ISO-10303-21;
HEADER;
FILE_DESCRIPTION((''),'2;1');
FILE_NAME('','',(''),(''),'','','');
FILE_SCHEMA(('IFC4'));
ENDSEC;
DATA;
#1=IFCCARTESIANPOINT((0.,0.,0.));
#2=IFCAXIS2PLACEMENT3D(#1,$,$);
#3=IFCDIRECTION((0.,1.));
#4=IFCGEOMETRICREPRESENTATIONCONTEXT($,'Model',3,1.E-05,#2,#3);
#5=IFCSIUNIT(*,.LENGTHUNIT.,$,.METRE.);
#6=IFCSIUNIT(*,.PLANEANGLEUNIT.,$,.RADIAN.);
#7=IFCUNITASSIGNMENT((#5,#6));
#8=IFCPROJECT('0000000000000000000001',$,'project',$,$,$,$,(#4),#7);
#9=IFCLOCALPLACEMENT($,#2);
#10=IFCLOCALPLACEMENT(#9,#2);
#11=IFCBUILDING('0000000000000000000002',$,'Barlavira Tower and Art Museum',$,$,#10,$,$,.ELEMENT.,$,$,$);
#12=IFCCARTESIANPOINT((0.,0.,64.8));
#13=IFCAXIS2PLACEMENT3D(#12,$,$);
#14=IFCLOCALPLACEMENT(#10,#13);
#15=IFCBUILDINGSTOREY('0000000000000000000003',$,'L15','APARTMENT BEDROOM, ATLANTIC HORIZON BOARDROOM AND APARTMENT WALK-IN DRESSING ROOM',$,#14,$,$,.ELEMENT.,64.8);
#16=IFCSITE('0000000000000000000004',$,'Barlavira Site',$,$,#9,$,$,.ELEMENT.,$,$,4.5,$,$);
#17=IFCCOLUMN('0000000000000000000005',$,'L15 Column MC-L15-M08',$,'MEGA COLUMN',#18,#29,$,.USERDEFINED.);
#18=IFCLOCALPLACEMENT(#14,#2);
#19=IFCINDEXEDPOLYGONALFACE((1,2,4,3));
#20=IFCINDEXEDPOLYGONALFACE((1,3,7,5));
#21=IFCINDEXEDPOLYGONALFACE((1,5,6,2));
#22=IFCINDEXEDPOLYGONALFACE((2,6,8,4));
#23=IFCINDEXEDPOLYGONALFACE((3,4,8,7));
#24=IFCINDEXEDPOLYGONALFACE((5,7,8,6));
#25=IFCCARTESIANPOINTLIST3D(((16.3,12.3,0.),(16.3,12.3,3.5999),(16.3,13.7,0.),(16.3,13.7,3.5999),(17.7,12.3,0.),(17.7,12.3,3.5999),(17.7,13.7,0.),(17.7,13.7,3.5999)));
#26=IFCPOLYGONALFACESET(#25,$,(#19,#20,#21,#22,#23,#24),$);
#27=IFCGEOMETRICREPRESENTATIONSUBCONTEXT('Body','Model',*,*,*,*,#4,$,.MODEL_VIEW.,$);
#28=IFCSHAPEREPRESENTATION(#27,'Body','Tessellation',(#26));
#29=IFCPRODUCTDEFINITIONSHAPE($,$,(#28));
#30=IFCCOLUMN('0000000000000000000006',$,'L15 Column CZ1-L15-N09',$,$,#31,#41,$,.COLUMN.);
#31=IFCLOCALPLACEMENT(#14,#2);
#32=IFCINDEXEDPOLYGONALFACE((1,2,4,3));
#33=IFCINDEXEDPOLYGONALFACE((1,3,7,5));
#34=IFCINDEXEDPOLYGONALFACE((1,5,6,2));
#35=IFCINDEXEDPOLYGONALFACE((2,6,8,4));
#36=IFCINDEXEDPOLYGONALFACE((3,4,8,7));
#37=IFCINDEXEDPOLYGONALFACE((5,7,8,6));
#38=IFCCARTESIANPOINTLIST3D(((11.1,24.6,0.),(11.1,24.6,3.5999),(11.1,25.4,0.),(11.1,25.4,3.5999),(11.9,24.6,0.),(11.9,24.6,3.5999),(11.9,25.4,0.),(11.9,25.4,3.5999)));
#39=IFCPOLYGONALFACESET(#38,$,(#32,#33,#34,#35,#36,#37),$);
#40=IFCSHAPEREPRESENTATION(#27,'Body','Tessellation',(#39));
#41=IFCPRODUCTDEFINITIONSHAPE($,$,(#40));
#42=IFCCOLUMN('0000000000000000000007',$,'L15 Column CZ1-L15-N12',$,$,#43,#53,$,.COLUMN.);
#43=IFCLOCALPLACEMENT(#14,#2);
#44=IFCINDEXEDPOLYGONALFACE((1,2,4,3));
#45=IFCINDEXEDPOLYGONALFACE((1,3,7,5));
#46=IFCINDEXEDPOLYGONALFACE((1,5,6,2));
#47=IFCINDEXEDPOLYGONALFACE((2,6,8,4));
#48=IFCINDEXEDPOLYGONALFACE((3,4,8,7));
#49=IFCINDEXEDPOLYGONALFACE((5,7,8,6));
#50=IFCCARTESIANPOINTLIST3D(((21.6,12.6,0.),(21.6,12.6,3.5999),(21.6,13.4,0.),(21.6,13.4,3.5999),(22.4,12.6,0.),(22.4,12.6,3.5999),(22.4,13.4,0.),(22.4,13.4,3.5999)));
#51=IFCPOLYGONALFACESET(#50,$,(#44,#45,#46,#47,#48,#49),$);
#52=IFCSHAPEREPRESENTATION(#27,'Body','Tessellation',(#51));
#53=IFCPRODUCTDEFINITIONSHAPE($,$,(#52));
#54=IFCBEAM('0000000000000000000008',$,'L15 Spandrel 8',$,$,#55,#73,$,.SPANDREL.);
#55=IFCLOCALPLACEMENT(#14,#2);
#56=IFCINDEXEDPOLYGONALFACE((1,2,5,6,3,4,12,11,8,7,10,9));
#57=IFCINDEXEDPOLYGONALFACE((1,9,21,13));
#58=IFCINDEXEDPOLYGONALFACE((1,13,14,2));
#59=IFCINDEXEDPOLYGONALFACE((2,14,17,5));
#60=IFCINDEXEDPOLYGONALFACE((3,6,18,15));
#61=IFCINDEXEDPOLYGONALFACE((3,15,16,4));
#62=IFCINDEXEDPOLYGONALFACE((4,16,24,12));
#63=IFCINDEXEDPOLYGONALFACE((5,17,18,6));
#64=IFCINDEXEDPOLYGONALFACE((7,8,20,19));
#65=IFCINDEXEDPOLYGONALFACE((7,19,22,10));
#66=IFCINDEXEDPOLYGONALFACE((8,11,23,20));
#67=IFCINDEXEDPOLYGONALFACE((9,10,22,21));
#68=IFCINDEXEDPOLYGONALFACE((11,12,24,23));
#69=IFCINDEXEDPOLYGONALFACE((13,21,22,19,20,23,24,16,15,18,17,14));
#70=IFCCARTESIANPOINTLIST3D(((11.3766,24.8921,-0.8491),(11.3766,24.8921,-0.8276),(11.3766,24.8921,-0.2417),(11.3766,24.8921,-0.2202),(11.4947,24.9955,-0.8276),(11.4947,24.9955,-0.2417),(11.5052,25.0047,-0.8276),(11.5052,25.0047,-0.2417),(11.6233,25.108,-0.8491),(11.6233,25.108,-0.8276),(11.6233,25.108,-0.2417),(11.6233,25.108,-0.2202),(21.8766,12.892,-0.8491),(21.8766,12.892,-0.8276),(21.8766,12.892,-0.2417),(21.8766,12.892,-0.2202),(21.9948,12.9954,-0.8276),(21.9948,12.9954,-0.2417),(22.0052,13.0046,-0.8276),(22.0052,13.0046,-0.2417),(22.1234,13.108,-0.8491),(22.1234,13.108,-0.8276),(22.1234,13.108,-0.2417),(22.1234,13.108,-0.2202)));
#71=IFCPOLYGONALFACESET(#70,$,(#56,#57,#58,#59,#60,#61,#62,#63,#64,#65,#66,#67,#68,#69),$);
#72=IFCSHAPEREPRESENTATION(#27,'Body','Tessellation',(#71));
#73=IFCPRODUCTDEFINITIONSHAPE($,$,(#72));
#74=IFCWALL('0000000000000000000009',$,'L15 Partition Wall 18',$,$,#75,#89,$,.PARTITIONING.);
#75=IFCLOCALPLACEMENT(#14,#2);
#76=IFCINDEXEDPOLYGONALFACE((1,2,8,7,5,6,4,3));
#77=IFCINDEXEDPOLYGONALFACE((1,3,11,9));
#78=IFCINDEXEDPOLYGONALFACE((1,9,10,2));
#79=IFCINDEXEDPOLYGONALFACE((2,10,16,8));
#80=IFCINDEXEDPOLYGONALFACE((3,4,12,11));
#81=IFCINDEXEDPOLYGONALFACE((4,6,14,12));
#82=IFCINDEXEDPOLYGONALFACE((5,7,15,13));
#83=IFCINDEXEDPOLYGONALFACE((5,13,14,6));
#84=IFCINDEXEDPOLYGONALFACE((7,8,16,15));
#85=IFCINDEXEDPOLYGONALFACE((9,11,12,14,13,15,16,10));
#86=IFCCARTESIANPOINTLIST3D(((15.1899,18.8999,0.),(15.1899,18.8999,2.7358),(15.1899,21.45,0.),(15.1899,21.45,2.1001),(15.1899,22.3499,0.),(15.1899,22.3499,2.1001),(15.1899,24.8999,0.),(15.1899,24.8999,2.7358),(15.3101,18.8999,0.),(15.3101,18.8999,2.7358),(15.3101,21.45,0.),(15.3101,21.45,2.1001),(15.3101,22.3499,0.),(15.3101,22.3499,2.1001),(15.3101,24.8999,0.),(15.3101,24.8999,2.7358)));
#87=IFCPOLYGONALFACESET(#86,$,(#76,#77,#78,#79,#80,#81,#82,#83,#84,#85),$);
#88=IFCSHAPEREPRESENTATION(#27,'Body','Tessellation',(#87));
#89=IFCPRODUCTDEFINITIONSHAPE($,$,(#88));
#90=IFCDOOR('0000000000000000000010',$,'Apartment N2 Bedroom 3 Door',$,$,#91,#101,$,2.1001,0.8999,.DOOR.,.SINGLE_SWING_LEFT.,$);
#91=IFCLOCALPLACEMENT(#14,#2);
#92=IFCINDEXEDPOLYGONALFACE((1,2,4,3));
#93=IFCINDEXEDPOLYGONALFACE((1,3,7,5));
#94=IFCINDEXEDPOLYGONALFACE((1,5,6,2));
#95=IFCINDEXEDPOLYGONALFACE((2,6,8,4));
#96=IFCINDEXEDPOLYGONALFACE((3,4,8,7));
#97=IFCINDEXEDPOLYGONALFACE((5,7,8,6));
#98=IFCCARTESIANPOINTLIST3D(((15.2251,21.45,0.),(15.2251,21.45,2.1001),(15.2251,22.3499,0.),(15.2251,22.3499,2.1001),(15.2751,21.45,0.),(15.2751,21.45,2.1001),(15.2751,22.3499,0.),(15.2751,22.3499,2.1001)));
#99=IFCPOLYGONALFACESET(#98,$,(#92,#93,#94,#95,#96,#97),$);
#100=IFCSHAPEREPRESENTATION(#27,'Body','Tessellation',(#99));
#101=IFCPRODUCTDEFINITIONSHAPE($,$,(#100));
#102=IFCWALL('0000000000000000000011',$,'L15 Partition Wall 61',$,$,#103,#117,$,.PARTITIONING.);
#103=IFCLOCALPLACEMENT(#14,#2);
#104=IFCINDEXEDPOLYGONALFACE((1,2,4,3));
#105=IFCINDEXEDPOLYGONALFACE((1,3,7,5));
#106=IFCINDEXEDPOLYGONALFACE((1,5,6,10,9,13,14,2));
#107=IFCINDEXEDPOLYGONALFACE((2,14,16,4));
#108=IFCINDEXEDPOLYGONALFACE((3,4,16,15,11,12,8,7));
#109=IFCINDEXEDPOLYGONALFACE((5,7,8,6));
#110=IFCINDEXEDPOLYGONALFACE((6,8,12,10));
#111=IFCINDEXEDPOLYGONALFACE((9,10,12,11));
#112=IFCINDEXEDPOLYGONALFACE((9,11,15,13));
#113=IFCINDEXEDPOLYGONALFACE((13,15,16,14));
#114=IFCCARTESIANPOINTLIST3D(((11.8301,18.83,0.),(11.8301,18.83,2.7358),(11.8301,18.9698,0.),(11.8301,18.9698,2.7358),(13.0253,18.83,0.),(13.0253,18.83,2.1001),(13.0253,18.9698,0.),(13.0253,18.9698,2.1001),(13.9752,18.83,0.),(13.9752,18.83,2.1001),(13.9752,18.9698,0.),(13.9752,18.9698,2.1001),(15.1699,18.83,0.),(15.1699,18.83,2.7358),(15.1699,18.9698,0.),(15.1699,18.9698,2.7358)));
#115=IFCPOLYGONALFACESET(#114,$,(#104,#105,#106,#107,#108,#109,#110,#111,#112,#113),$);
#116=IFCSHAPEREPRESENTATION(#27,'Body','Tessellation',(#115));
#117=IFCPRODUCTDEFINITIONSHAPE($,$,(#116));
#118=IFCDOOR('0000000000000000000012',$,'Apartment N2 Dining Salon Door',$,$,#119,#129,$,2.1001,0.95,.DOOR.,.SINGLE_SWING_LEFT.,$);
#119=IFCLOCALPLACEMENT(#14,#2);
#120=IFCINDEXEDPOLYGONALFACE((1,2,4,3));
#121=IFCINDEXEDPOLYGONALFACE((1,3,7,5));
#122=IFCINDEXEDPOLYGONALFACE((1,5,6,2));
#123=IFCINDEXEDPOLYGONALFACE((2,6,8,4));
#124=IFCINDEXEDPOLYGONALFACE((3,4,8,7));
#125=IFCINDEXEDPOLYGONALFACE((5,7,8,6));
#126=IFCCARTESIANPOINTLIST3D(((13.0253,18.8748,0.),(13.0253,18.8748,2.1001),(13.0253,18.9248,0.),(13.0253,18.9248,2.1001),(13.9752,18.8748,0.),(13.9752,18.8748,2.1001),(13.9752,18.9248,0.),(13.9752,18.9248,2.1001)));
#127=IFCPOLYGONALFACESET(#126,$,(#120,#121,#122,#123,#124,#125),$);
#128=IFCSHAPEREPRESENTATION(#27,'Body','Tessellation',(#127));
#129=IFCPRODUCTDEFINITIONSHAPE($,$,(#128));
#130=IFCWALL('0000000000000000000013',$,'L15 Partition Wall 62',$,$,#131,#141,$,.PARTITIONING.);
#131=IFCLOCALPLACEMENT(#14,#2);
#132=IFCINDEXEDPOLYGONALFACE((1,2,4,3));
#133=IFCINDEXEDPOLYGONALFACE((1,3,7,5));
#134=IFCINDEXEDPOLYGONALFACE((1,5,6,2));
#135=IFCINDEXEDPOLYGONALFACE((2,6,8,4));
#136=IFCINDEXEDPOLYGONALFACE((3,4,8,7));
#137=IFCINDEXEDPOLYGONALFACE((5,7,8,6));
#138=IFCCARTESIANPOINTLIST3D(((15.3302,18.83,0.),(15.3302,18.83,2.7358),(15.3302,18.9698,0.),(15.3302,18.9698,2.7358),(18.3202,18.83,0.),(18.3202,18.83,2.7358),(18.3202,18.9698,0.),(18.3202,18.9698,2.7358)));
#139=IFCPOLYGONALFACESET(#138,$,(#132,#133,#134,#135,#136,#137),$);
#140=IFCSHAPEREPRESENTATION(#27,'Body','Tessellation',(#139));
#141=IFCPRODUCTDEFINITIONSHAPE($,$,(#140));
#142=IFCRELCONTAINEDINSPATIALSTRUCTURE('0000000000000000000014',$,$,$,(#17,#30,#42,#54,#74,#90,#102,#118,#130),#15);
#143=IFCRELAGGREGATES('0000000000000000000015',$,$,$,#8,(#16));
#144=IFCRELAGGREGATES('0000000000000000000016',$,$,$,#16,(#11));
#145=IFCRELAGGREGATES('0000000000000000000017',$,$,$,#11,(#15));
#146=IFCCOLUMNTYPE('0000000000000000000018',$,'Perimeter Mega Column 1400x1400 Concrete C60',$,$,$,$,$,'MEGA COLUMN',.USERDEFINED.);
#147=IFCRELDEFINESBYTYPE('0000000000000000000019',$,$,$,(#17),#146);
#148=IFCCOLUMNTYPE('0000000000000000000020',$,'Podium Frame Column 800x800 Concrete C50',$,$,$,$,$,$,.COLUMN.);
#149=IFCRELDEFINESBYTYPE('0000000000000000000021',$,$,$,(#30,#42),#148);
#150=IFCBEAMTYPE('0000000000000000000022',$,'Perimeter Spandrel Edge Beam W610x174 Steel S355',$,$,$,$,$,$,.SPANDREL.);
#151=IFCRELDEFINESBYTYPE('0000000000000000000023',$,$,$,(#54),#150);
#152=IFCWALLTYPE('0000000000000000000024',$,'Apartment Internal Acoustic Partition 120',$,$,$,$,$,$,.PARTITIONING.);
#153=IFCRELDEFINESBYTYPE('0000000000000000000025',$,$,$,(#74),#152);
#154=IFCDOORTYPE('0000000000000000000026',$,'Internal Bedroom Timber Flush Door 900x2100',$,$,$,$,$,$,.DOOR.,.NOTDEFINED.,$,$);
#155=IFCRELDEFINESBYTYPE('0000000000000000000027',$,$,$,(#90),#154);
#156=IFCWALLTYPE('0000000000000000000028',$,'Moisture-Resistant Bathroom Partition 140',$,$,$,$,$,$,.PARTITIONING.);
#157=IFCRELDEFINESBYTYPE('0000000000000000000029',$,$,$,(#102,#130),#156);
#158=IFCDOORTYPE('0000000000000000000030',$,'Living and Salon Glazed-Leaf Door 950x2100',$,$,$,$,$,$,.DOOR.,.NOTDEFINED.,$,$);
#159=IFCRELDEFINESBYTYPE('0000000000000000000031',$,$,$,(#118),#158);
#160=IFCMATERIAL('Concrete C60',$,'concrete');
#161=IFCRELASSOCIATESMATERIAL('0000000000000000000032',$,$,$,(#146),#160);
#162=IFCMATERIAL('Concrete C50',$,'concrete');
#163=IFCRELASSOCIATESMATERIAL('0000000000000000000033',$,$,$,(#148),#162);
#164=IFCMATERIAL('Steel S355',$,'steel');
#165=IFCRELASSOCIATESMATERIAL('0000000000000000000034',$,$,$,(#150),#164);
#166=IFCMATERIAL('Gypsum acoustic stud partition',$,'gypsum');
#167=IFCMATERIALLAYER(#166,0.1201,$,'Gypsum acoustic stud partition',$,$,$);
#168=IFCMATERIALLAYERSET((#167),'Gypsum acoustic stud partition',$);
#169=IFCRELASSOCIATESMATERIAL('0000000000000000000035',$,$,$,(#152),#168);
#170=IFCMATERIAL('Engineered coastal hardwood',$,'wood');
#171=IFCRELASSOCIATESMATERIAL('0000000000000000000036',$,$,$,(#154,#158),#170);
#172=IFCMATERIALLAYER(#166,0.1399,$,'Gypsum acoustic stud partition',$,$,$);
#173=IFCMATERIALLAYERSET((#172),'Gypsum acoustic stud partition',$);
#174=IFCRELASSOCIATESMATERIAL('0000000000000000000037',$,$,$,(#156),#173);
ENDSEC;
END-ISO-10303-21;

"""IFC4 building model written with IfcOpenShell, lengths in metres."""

from ifc_helpers import new_model, si_unit, direction, frame, frame_2d, origin, origin_2d, place, context, subcontext, project, spatial, rectangle, i_section, extrude, material, layer, layer_set, material_profile, profile_set, type_object, element, fill, save


model = new_model("IFC4")

# Units and contexts
model_context = context("Model", 3, precision=1e-05, world=origin(), true_north=direction((0.0, 1.0)))
body_context = subcontext(model_context, "Body", "Model", "MODEL_VIEW")
ifc_project = project(units=[si_unit("LENGTHUNIT", "METRE"), si_unit("PLANEANGLEUNIT", "RADIAN")], contexts=[model_context])

# Site, building, storey
site_placement = place(None, origin())
site = spatial("IfcSite", under=ifc_project, at=site_placement, Name="Barlavira Site", CompositionType="ELEMENT", RefElevation=4.5)
building_placement = place(site_placement, origin())
building = spatial("IfcBuilding", under=site, at=building_placement, Name="Barlavira Tower and Art Museum", CompositionType="ELEMENT")
storey_placement = place(building_placement, frame((0.0, 0.0, 64.8)))
storey = spatial("IfcBuildingStorey", under=building, at=storey_placement, Name="L15", Description="APARTMENT BEDROOM, ATLANTIC HORIZON BOARDROOM AND APARTMENT WALK-IN DRESSING ROOM", CompositionType="ELEMENT", Elevation=64.8)

# Columns
ifc_material_1 = material(Name="Concrete C60", Category="concrete")
ifc_material_profile_1 = material_profile(ifc_material_1, rectangle(XDim=1.3999, YDim=1.3999, at=origin_2d()), Name="RC-MCOL 1400x1400")
ifc_profile_set_1 = profile_set([ifc_material_profile_1], Name="Concrete C60")
column_type_1 = type_object("IfcColumnType", Name="Perimeter Mega Column 1400x1400 Concrete C60", ElementType="MEGA COLUMN", PredefinedType="USERDEFINED", material=ifc_profile_set_1)
column_placement = place(storey_placement, frame((17.0, 13.0, 0.0), z_axis=(0.0, 0.0, 1.0), x_axis=(1.0, 0.0, 0.0)))
element("IfcColumn", 1, at=column_placement, inside=storey, type_object=column_type_1, Name="L15 Column MC-L15-M08", ObjectType="MEGA COLUMN", PredefinedType="USERDEFINED", context=body_context, shape_type="SweptSolid", body=[
    extrude(rectangle(XDim=1.3999, YDim=1.3999, at=origin_2d()), origin(), (0.0, 0.0, 1.0), 3.5999),
])
ifc_material_2 = material(Name="Concrete C50", Category="concrete")
ifc_material_profile_2 = material_profile(ifc_material_2, rectangle(XDim=0.8, YDim=0.8, at=origin_2d()), Name="RC-COL 800x800")
ifc_profile_set_2 = profile_set([ifc_material_profile_2], Name="Concrete C50")
column_type_2 = type_object("IfcColumnType", Name="Podium Frame Column 800x800 Concrete C50", PredefinedType="COLUMN", material=ifc_profile_set_2)
for number, where, z_axis, x_axis, name in (
    (2, (11.5, 25.0, 0.0), (0.0, 0.0, 1.0), (1.0, 0.0, 0.0), "L15 Column CZ1-L15-N09"),
    (3, (22.0, 13.0, 0.0), (0.0, 0.0, 1.0), (1.0, 0.0, 0.0), "L15 Column CZ1-L15-N12"),
):
    element("IfcColumn", number, at=place(storey_placement, frame(where, z_axis=z_axis, x_axis=x_axis)), inside=storey, type_object=column_type_2, Name=name, PredefinedType="COLUMN", context=body_context, shape_type="SweptSolid", body=[
        extrude(rectangle(XDim=0.8, YDim=0.8, at=origin_2d()), origin(), (0.0, 0.0, 1.0), 3.5999),
    ])

# Beam
ifc_material_3 = material(Name="Steel S355", Category="steel")
ifc_material_profile_3 = material_profile(ifc_material_3, i_section(OverallWidth=0.3279, OverallDepth=0.6289, WebThickness=0.0139, FlangeThickness=0.0215, at=origin_2d()), Name="W610x174.0")
ifc_profile_set_3 = profile_set([ifc_material_profile_3], Name="Steel S355")
beam_type = type_object("IfcBeamType", Name="Perimeter Spandrel Edge Beam W610x174 Steel S355", PredefinedType="SPANDREL", material=ifc_profile_set_3)
beam_placement = place(storey_placement, frame((22.0, 13.0, -0.5347), z_axis=(-0.658505, 0.752577, 0.0), x_axis=(-0.752577, -0.658505, 0.0)))
element("IfcBeam", 4, at=beam_placement, inside=storey, type_object=beam_type, Name="L15 Spandrel 8", PredefinedType="SPANDREL", context=body_context, shape_type="SweptSolid", body=[
    extrude(i_section(OverallWidth=0.3279, OverallDepth=0.6289, WebThickness=0.0139, FlangeThickness=0.0215, at=origin_2d()), origin(), (0.0, 0.0, 1.0), 15.9453),
])

# Walls, openings, doors
ifc_material_4 = material(Name="Gypsum acoustic stud partition", Category="gypsum")
ifc_layer_1 = layer(ifc_material_4, 0.1201, Name="Gypsum acoustic stud partition")
ifc_layer_set_1 = layer_set([ifc_layer_1], Name="Gypsum acoustic stud partition")
wall_type_1 = type_object("IfcWallType", Name="Apartment Internal Acoustic Partition 120", PredefinedType="PARTITIONING", material=ifc_layer_set_1)
wall_1_placement = place(storey_placement, frame((15.25, 18.8999, 0.0), z_axis=(0.0, 0.0, 1.0), x_axis=(0.0, 1.0, 0.0)))
wall_1 = element("IfcWall", 5, at=wall_1_placement, inside=storey, type_object=wall_type_1, Name="L15 Partition Wall 18", PredefinedType="PARTITIONING", context=body_context, shape_type="SweptSolid", body=[
    extrude(rectangle(XDim=6.0, YDim=0.1201, at=frame_2d((3.0, 0.0))), origin(), (0.0, 0.0, 1.0), 2.7358),
])
opening_1_placement = place(wall_1_placement, frame((2.55, 0.0, 0.0)))
opening_1 = element("IfcOpeningElement", 6, at=opening_1_placement, cuts=wall_1, PredefinedType="OPENING", context=body_context, shape_type="SweptSolid", body=[
    extrude(rectangle(XDim=0.8999, YDim=2.1001, at=frame_2d((0.45, 1.05))), frame((0.0, 0.0701, 0.0), z_axis=(0.0, -1.0, 0.0), x_axis=(1.0, 0.0, 0.0)), (0.0, 0.0, 1.0), 0.1401),
])
ifc_material_5 = material(Name="Engineered coastal hardwood", Category="wood")
door_type_1 = type_object("IfcDoorType", Name="Internal Bedroom Timber Flush Door 900x2100", OperationType="NOTDEFINED", PredefinedType="DOOR", material=ifc_material_5)
door_1_placement = place(opening_1_placement, origin())
door_1 = element("IfcDoor", 7, at=door_1_placement, inside=storey, type_object=door_type_1, Name="Apartment N2 Bedroom 3 Door", OperationType="SINGLE_SWING_LEFT", OverallHeight=2.1001, OverallWidth=0.8999, PredefinedType="DOOR", context=body_context, shape_type="SweptSolid", body=[
    extrude(rectangle(XDim=0.8999, YDim=2.1001, at=frame_2d((0.45, 1.05))), frame((0.0, 0.0249, 0.0), z_axis=(0.0, -1.0, 0.0), x_axis=(1.0, 0.0, 0.0)), (0.0, 0.0, 1.0), 0.05),
])
fill(opening_1, door_1)
ifc_layer_2 = layer(ifc_material_4, 0.1399, Name="Gypsum acoustic stud partition")
ifc_layer_set_2 = layer_set([ifc_layer_2], Name="Gypsum acoustic stud partition")
wall_type_2 = type_object("IfcWallType", Name="Moisture-Resistant Bathroom Partition 140", PredefinedType="PARTITIONING", material=ifc_layer_set_2)
wall_2_placement = place(storey_placement, frame((11.8301, 18.8999, 0.0), z_axis=(0.0, 0.0, 1.0), x_axis=(1.0, 0.0, 0.0)))
wall_2 = element("IfcWall", 8, at=wall_2_placement, inside=storey, type_object=wall_type_2, Name="L15 Partition Wall 61", PredefinedType="PARTITIONING", context=body_context, shape_type="SweptSolid", body=[
    extrude(rectangle(XDim=3.3398, YDim=0.1399, at=frame_2d((1.6699, 0.0))), origin(), (0.0, 0.0, 1.0), 2.7358),
])
opening_2_placement = place(wall_2_placement, frame((1.1951, 0.0, 0.0)))
opening_2 = element("IfcOpeningElement", 9, at=opening_2_placement, cuts=wall_2, PredefinedType="OPENING", context=body_context, shape_type="SweptSolid", body=[
    extrude(rectangle(XDim=0.95, YDim=2.1001, at=frame_2d((0.4751, 1.05))), frame((0.0, 0.0801, 0.0), z_axis=(0.0, -1.0, 0.0), x_axis=(1.0, 0.0, 0.0)), (0.0, 0.0, 1.0), 0.1599),
])
door_type_2 = type_object("IfcDoorType", Name="Living and Salon Glazed-Leaf Door 950x2100", OperationType="NOTDEFINED", PredefinedType="DOOR", material=ifc_material_5)
door_2_placement = place(opening_2_placement, origin())
door_2 = element("IfcDoor", 10, at=door_2_placement, inside=storey, type_object=door_type_2, Name="Apartment N2 Dining Salon Door", OperationType="SINGLE_SWING_LEFT", OverallHeight=2.1001, OverallWidth=0.95, PredefinedType="DOOR", context=body_context, shape_type="SweptSolid", body=[
    extrude(rectangle(XDim=0.95, YDim=2.1001, at=frame_2d((0.4751, 1.05))), frame((0.0, 0.0249, 0.0), z_axis=(0.0, -1.0, 0.0), x_axis=(1.0, 0.0, 0.0)), (0.0, 0.0, 1.0), 0.05),
])
fill(opening_2, door_2)

# Wall
wall_3_placement = place(storey_placement, frame((15.3301, 18.8999, 0.0), z_axis=(0.0, 0.0, 1.0), x_axis=(1.0, 0.0, 0.0)))
element("IfcWall", 11, at=wall_3_placement, inside=storey, type_object=wall_type_2, Name="L15 Partition Wall 62", PredefinedType="PARTITIONING", context=body_context, shape_type="SweptSolid", body=[
    extrude(rectangle(XDim=2.99, YDim=0.1399, at=frame_2d((1.4951, 0.0))), origin(), (0.0, 0.0, 1.0), 2.7358),
])

save(model, "model.ifc")
